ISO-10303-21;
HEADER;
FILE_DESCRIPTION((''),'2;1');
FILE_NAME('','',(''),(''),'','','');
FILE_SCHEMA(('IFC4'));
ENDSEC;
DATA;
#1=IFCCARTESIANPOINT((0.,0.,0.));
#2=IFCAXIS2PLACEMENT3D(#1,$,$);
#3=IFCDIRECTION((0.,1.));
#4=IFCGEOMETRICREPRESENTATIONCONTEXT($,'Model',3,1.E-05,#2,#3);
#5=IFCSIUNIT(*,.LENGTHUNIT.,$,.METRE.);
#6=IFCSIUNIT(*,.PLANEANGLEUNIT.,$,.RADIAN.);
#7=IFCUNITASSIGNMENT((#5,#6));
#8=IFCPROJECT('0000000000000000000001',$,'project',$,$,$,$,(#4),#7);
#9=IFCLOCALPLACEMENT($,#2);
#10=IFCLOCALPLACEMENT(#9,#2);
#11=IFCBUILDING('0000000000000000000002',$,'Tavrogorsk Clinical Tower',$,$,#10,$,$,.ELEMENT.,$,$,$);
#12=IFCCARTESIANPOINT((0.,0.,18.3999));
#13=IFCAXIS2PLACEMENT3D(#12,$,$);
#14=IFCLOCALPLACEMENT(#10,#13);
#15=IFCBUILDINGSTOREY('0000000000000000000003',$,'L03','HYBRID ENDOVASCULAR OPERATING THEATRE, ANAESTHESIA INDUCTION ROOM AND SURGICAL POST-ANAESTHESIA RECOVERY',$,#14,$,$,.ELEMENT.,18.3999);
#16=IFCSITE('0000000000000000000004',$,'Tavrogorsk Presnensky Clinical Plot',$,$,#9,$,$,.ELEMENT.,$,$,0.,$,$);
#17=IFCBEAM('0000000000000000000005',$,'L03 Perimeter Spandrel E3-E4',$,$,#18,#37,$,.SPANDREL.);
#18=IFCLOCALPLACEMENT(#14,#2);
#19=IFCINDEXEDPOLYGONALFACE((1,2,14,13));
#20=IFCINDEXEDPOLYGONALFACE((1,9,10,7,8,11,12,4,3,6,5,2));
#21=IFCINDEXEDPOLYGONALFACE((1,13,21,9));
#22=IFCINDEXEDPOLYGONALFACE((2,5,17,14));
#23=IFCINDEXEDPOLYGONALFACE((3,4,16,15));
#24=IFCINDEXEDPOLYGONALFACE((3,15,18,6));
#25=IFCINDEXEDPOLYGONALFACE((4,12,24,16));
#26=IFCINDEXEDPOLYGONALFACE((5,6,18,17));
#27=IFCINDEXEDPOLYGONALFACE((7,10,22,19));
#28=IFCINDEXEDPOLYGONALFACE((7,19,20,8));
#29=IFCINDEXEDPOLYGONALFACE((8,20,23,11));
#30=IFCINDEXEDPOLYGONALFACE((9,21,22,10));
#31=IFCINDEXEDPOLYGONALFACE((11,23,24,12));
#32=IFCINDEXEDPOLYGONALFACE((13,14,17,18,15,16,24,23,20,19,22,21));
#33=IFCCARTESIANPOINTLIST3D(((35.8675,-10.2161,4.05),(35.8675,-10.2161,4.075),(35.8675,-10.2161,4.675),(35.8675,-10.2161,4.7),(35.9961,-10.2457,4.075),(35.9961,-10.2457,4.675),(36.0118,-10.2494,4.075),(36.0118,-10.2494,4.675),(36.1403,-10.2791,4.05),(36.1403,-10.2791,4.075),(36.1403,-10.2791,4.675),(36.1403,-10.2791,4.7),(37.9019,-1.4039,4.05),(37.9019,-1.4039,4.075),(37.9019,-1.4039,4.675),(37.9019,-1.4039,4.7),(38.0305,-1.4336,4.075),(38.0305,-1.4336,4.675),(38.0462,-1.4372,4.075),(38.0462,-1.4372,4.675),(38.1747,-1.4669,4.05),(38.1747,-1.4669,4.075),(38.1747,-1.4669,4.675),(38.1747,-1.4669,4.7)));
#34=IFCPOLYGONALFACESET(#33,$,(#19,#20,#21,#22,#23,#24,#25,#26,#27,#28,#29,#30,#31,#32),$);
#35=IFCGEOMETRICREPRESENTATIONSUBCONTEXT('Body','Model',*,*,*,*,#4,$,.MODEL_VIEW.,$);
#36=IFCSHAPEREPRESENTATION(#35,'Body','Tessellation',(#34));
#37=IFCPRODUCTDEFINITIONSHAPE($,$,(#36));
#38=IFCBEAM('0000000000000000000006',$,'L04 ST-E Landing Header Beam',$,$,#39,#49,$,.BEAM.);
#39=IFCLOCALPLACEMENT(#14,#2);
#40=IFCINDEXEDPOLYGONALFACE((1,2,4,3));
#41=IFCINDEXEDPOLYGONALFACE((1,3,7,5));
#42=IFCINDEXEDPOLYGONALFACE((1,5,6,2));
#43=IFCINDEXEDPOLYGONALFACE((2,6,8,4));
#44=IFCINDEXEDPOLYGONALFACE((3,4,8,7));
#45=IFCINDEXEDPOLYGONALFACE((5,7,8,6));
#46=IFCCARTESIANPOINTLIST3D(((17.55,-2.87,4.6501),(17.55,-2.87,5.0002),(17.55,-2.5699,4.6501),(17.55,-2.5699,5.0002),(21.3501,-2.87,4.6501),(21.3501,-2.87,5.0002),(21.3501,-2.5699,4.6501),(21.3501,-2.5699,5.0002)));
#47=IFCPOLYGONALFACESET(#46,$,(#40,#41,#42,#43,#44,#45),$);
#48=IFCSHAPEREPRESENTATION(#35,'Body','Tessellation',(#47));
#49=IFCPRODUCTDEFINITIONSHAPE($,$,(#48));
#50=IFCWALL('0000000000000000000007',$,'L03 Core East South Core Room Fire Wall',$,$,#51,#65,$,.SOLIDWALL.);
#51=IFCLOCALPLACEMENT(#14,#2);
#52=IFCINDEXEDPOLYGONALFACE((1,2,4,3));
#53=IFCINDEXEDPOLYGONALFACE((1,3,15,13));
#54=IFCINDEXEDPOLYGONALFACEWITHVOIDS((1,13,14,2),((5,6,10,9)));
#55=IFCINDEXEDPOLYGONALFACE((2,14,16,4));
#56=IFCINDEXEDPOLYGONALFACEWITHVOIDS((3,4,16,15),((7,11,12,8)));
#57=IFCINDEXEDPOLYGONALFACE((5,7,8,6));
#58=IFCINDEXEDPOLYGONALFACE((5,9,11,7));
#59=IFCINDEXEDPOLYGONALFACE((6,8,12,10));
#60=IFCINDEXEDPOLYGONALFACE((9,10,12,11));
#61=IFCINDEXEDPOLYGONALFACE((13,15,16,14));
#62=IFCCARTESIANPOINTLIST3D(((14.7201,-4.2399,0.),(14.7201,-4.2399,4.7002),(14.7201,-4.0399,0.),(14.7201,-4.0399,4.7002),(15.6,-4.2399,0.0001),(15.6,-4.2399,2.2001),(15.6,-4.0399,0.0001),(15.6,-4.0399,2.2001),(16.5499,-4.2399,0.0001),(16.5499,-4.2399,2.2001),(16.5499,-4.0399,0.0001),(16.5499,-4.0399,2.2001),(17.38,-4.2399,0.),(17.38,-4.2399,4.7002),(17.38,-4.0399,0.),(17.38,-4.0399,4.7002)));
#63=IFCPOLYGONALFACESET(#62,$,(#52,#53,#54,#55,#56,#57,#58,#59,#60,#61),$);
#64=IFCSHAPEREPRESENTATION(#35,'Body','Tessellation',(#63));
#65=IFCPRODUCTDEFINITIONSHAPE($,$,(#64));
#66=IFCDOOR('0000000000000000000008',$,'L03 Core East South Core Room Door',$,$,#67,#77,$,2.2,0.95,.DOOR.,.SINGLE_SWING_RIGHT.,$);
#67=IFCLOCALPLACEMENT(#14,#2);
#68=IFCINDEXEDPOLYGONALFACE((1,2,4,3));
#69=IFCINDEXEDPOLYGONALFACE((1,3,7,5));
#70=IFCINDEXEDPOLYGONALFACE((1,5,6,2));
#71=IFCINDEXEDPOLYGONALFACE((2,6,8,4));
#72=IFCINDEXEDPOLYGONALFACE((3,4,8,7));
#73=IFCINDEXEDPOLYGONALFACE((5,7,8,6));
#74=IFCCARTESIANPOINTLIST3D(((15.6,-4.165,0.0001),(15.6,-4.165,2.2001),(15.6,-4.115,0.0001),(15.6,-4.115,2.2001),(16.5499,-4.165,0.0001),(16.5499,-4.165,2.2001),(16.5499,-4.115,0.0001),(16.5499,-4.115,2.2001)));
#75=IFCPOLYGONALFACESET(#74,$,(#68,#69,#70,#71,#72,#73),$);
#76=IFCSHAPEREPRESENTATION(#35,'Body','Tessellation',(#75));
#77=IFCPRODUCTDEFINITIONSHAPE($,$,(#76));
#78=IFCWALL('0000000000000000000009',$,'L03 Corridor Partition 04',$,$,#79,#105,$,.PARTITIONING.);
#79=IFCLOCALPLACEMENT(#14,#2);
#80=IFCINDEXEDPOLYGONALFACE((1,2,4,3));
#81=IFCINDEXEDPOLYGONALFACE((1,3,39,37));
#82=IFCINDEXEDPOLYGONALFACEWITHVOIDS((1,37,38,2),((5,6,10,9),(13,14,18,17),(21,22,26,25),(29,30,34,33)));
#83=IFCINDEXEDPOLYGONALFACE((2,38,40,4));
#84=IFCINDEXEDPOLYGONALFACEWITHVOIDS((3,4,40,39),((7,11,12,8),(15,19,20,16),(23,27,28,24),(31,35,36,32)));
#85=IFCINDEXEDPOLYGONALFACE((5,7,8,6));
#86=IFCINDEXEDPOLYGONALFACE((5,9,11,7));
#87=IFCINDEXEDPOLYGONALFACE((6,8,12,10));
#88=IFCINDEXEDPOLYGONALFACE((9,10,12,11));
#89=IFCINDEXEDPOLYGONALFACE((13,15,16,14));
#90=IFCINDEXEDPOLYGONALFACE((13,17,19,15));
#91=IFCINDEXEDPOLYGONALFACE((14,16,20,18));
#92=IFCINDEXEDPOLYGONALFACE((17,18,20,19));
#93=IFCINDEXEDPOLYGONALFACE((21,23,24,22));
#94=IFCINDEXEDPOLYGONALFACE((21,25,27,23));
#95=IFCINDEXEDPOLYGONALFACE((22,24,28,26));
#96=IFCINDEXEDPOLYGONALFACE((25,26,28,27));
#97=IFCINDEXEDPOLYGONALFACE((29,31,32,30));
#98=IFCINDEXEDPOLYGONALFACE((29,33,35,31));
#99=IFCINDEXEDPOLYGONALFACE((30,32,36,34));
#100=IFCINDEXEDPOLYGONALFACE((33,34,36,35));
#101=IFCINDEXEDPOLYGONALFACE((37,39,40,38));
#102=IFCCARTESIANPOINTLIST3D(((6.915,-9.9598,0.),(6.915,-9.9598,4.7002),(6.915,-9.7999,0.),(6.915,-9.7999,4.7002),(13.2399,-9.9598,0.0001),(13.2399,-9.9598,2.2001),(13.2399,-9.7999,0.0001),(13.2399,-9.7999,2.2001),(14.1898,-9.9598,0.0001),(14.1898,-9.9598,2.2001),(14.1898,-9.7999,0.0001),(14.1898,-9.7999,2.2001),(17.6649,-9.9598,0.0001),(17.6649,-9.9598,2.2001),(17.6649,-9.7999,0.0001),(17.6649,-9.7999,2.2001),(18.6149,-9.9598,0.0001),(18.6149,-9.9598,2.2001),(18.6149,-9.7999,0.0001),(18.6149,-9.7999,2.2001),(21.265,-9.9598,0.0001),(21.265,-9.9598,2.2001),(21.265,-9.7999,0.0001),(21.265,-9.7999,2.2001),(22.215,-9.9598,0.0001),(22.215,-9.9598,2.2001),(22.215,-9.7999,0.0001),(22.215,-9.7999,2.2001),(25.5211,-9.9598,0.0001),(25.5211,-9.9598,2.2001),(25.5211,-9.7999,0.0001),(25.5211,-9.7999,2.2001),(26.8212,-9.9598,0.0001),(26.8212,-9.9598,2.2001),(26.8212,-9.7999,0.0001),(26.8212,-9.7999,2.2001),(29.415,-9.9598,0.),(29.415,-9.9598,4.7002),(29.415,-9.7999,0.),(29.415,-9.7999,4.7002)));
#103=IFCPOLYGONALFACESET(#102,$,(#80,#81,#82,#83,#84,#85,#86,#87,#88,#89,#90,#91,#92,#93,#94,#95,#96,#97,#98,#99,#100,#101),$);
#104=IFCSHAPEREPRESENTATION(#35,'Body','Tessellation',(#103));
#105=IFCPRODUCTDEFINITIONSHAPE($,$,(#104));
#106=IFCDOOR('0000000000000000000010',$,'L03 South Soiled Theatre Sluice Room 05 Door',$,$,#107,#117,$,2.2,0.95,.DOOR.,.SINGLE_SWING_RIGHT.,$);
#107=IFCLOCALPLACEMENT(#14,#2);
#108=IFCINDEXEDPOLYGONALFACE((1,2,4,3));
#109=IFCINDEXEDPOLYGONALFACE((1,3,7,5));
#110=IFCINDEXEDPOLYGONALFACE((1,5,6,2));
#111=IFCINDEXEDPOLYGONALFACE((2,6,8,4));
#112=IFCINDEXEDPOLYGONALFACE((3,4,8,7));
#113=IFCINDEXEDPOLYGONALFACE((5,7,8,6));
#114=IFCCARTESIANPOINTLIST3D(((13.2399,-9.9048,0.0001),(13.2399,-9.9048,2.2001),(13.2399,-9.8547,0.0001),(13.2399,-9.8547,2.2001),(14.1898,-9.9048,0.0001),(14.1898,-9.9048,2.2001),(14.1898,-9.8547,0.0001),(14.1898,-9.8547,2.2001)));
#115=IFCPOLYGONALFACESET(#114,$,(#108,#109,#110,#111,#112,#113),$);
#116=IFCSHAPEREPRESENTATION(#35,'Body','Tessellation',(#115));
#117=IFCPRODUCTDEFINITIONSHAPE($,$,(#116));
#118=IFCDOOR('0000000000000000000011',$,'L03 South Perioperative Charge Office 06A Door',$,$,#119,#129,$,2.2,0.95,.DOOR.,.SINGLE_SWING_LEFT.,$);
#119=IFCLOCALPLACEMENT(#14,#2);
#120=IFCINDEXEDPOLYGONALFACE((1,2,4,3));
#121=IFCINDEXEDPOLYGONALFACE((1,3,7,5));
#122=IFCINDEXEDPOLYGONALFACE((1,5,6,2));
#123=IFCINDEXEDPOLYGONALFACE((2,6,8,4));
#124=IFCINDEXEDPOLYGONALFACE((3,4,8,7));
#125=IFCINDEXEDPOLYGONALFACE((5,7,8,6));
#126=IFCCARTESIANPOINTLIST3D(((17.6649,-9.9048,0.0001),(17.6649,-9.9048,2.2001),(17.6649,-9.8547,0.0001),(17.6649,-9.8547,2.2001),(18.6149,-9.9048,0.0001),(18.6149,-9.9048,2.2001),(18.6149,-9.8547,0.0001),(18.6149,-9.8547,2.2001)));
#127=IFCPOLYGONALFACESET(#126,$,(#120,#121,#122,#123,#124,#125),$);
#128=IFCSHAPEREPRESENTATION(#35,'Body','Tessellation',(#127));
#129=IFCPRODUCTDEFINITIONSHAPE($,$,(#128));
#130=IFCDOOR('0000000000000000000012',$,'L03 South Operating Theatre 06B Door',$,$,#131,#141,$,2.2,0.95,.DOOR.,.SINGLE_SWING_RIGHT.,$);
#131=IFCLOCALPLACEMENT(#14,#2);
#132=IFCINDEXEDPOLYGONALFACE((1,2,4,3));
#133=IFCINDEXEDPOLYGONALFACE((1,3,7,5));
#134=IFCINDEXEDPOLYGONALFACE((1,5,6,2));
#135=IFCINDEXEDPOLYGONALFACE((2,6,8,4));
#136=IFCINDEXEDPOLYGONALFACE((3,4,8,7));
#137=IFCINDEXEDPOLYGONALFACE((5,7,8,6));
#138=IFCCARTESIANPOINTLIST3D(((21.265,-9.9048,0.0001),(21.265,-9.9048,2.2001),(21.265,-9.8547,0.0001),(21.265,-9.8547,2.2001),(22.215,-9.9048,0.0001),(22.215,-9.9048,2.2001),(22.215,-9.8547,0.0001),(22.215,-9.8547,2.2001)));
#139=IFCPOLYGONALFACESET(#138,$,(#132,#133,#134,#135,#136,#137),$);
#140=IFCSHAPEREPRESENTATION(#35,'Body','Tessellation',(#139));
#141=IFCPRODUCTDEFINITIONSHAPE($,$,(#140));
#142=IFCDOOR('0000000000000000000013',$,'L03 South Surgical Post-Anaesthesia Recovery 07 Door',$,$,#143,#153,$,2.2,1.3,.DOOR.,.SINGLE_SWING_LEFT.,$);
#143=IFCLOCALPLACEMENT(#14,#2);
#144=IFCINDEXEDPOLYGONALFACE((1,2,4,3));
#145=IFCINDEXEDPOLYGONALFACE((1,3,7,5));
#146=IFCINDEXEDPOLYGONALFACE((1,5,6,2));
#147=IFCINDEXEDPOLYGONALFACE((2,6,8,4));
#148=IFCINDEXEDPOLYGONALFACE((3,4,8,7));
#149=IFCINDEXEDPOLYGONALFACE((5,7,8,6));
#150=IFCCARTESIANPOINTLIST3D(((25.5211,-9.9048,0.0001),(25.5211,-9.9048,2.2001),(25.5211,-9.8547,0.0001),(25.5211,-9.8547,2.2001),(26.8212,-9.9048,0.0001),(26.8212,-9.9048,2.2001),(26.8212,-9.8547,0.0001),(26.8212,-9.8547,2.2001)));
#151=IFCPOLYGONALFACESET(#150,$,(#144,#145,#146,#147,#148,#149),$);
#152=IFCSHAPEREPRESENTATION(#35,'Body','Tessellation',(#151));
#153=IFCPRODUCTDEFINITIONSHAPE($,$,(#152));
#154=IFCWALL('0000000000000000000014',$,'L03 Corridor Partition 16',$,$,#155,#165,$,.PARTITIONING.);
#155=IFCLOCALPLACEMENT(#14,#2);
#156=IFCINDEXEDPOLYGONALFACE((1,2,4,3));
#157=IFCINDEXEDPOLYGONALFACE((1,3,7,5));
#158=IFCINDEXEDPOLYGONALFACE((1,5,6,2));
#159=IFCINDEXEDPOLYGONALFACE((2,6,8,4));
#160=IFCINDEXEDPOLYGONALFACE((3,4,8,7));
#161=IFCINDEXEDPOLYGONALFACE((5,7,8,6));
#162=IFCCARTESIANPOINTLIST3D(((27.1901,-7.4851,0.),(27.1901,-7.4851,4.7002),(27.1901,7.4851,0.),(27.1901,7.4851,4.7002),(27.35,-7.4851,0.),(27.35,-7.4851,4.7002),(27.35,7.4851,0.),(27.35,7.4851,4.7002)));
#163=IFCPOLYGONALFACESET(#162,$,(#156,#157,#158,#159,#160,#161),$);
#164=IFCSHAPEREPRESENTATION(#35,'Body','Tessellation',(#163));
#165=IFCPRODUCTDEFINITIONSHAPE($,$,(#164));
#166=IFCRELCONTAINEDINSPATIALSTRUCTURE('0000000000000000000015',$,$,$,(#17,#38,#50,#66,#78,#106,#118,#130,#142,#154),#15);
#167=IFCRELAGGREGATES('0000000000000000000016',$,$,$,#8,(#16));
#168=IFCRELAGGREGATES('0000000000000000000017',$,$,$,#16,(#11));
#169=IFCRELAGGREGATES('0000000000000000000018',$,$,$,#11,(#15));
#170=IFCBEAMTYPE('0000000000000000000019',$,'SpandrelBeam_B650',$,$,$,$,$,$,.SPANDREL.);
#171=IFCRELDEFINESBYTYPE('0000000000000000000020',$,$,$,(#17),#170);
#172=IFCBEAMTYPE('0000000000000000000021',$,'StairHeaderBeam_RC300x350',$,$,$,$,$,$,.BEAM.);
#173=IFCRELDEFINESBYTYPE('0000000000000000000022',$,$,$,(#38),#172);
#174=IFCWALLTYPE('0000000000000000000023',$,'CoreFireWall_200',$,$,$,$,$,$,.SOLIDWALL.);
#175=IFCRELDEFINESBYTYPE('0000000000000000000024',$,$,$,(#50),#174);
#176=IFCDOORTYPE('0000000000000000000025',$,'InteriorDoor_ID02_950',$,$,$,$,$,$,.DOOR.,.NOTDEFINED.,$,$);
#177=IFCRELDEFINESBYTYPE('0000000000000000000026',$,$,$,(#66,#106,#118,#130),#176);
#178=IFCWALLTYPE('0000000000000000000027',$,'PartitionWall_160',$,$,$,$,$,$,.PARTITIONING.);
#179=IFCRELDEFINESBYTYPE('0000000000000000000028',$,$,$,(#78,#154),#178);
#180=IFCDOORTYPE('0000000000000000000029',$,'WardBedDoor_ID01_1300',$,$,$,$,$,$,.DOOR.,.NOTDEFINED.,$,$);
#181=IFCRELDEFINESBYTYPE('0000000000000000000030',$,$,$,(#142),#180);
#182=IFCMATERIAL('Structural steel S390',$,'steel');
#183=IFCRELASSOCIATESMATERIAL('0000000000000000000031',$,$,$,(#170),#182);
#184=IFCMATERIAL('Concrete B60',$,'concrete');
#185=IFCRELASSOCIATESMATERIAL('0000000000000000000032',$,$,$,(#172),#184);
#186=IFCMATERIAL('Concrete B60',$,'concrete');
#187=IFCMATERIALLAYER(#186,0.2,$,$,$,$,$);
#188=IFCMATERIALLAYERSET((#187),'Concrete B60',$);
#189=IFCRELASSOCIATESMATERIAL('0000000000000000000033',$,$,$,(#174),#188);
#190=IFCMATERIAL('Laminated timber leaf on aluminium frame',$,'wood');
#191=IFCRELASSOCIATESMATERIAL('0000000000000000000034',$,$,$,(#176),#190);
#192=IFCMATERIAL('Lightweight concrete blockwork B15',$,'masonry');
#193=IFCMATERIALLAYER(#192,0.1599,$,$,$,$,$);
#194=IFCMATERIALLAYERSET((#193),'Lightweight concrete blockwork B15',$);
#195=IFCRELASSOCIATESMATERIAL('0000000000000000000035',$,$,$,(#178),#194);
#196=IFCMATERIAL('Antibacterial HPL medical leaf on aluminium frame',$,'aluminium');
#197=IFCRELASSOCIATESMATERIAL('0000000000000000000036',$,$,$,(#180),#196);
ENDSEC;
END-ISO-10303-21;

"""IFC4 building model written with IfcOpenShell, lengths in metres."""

from ifc_helpers import new_model, si_unit, direction, frame, frame_2d, origin, origin_2d, place, context, subcontext, project, spatial, rectangle, i_section, extrude, material, layer, layer_set, material_profile, profile_set, type_object, element, fill, save


model = new_model("IFC4")

# Units and contexts
model_context = context("Model", 3, precision=1e-05, world=origin(), true_north=direction((0.0, 1.0)))
body_context = subcontext(model_context, "Body", "Model", "MODEL_VIEW")
ifc_project = project(units=[si_unit("LENGTHUNIT", "METRE"), si_unit("PLANEANGLEUNIT", "RADIAN")], contexts=[model_context])

# Site, building, storey
site_placement = place(None, origin())
site = spatial("IfcSite", under=ifc_project, at=site_placement, Name="Tavrogorsk Presnensky Clinical Plot", CompositionType="ELEMENT", RefElevation=0.0)
building_placement = place(site_placement, origin())
building = spatial("IfcBuilding", under=site, at=building_placement, Name="Tavrogorsk Clinical Tower", CompositionType="ELEMENT")
storey_placement = place(building_placement, frame((0.0, 0.0, 18.3999)))
storey = spatial("IfcBuildingStorey", under=building, at=storey_placement, Name="L03", Description="HYBRID ENDOVASCULAR OPERATING THEATRE, ANAESTHESIA INDUCTION ROOM AND SURGICAL POST-ANAESTHESIA RECOVERY", CompositionType="ELEMENT", Elevation=18.3999)

# Beams
ifc_material_1 = material(Name="Structural steel S390", Category="steel")
ifc_material_profile_1 = material_profile(ifc_material_1, i_section(OverallWidth=0.28, OverallDepth=0.6499, WebThickness=0.0161, FlangeThickness=0.0249, at=origin_2d()), Name="B-650x280x16x25")
ifc_profile_set_1 = profile_set([ifc_material_profile_1], Name="Structural steel S390")
beam_type_1 = type_object("IfcBeamType", Name="SpandrelBeam_B650", PredefinedType="SPANDREL", material=ifc_profile_set_1)
beam_1_placement = place(storey_placement, frame((36.0039, -10.2476, 4.375), z_axis=(0.224946, 0.974371, 0.0), x_axis=(-0.974371, 0.224946, 0.0)))
element("IfcBeam", 1, at=beam_1_placement, inside=storey, type_object=beam_type_1, Name="L03 Perimeter Spandrel E3-E4", PredefinedType="SPANDREL", context=body_context, shape_type="SweptSolid", body=[
    extrude(i_section(OverallWidth=0.28, OverallDepth=0.6499, WebThickness=0.0161, FlangeThickness=0.0249, at=origin_2d()), origin(), (0.0, 0.0, 1.0), 9.0439),
])
ifc_material_2 = material(Name="Concrete B60", Category="concrete")
ifc_material_profile_2 = material_profile(ifc_material_2, rectangle(XDim=0.3, YDim=0.3501, at=origin_2d()), Name="RC-SHB-300x350")
ifc_profile_set_2 = profile_set([ifc_material_profile_2], Name="Concrete B60")
beam_type_2 = type_object("IfcBeamType", Name="StairHeaderBeam_RC300x350", PredefinedType="BEAM", material=ifc_profile_set_2)
beam_2_placement = place(storey_placement, frame((17.55, -2.72, 4.8252), z_axis=(1.0, 0.0, 0.0), x_axis=(0.0, 1.0, 0.0)))
element("IfcBeam", 2, at=beam_2_placement, inside=storey, type_object=beam_type_2, Name="L04 ST-E Landing Header Beam", PredefinedType="BEAM", context=body_context, shape_type="SweptSolid", body=[
    extrude(rectangle(XDim=0.3, YDim=0.3501, at=origin_2d()), origin(), (0.0, 0.0, 1.0), 3.8),
])

# Wall, opening, door
ifc_material_3 = material(Name="Concrete B60", Category="concrete")
ifc_layer_1 = layer(ifc_material_3, 0.2)
ifc_layer_set_1 = layer_set([ifc_layer_1], Name="Concrete B60")
wall_type_1 = type_object("IfcWallType", Name="CoreFireWall_200", PredefinedType="SOLIDWALL", material=ifc_layer_set_1)
wall_1_placement = place(storey_placement, frame((14.72, -4.1399, 0.0), z_axis=(0.0, 0.0, 1.0), x_axis=(1.0, 0.0, 0.0)))
wall_1 = element("IfcWall", 3, at=wall_1_placement, inside=storey, type_object=wall_type_1, Name="L03 Core East South Core Room Fire Wall", PredefinedType="SOLIDWALL", context=body_context, shape_type="SweptSolid", body=[
    extrude(rectangle(XDim=2.6599, YDim=0.2, at=frame_2d((1.3301, 0.0))), origin(), (0.0, 0.0, 1.0), 4.7002),
])
opening_1_placement = place(wall_1_placement, frame((0.8799, 0.0, 0.0)))
opening_1 = element("IfcOpeningElement", 4, at=opening_1_placement, cuts=wall_1, PredefinedType="OPENING", context=body_context, shape_type="SweptSolid", body=[
    extrude(rectangle(XDim=0.95, YDim=2.2, at=frame_2d((0.4751, 1.1001))), frame((0.0, 0.1099, 0.0), z_axis=(0.0, -1.0, 0.0), x_axis=(1.0, 0.0, 0.0)), (0.0, 0.0, 1.0), 0.22),
])
ifc_material_4 = material(Name="Laminated timber leaf on aluminium frame", Category="wood")
door_type_1 = type_object("IfcDoorType", Name="InteriorDoor_ID02_950", OperationType="NOTDEFINED", PredefinedType="DOOR", material=ifc_material_4)
door_1_placement = place(opening_1_placement, origin())
door_1 = element("IfcDoor", 5, at=door_1_placement, inside=storey, type_object=door_type_1, Name="L03 Core East South Core Room Door", OperationType="SINGLE_SWING_RIGHT", OverallHeight=2.2, OverallWidth=0.95, PredefinedType="DOOR", context=body_context, shape_type="SweptSolid", body=[
    extrude(rectangle(XDim=0.95, YDim=2.2, at=frame_2d((0.4751, 1.1001))), frame((0.0, 0.0249, 0.0), z_axis=(0.0, -1.0, 0.0), x_axis=(1.0, 0.0, 0.0)), (0.0, 0.0, 1.0), 0.05),
])
fill(opening_1, door_1)

# Wall, openings, doors
ifc_material_5 = material(Name="Lightweight concrete blockwork B15", Category="masonry")
ifc_layer_2 = layer(ifc_material_5, 0.1599)
ifc_layer_set_2 = layer_set([ifc_layer_2], Name="Lightweight concrete blockwork B15")
wall_type_2 = type_object("IfcWallType", Name="PartitionWall_160", PredefinedType="PARTITIONING", material=ifc_layer_set_2)
wall_2_placement = place(storey_placement, frame((29.415, -9.8799, 0.0), z_axis=(0.0, 0.0, 1.0), x_axis=(-1.0, 0.0, 0.0)))
wall_2 = element("IfcWall", 6, at=wall_2_placement, inside=storey, type_object=wall_type_2, Name="L03 Corridor Partition 04", PredefinedType="PARTITIONING", context=body_context, shape_type="SweptSolid", body=[
    extrude(rectangle(XDim=22.5, YDim=0.1599, at=frame_2d((11.25, 0.0))), origin(), (0.0, 0.0, 1.0), 4.7002),
])
opening_2_placement = place(wall_2_placement, frame((15.2251, 0.0, 0.0)))
opening_2 = element("IfcOpeningElement", 7, at=opening_2_placement, cuts=wall_2, PredefinedType="OPENING", context=body_context, shape_type="SweptSolid", body=[
    extrude(rectangle(XDim=0.95, YDim=2.2, at=frame_2d((0.4751, 1.1001))), frame((0.0, 0.0898, 0.0), z_axis=(0.0, -1.0, 0.0), x_axis=(1.0, 0.0, 0.0)), (0.0, 0.0, 1.0), 0.1799),
])
opening_3_placement = place(wall_2_placement, frame((10.8, 0.0, 0.0)))
opening_3 = element("IfcOpeningElement", 8, at=opening_3_placement, cuts=wall_2, PredefinedType="OPENING", context=body_context, shape_type="SweptSolid", body=[
    extrude(rectangle(XDim=0.95, YDim=2.2, at=frame_2d((0.4751, 1.1001))), frame((0.0, 0.0898, 0.0), z_axis=(0.0, -1.0, 0.0), x_axis=(1.0, 0.0, 0.0)), (0.0, 0.0, 1.0), 0.1799),
])
opening_4_placement = place(wall_2_placement, frame((7.2, 0.0, 0.0)))
opening_4 = element("IfcOpeningElement", 9, at=opening_4_placement, cuts=wall_2, PredefinedType="OPENING", context=body_context, shape_type="SweptSolid", body=[
    extrude(rectangle(XDim=0.95, YDim=2.2, at=frame_2d((0.4751, 1.1001))), frame((0.0, 0.0898, 0.0), z_axis=(0.0, -1.0, 0.0), x_axis=(1.0, 0.0, 0.0)), (0.0, 0.0, 1.0), 0.1799),
])
opening_5_placement = place(wall_2_placement, frame((2.594, 0.0, 0.0)))
opening_5 = element("IfcOpeningElement", 10, at=opening_5_placement, cuts=wall_2, PredefinedType="OPENING", context=body_context, shape_type="SweptSolid", body=[
    extrude(rectangle(XDim=1.3, YDim=2.2, at=frame_2d((0.6499, 1.1001))), frame((0.0, 0.0898, 0.0), z_axis=(0.0, -1.0, 0.0), x_axis=(1.0, 0.0, 0.0)), (0.0, 0.0, 1.0), 0.1799),
])
door_2_placement = place(opening_2_placement, origin())
door_2 = element("IfcDoor", 11, at=door_2_placement, inside=storey, type_object=door_type_1, Name="L03 South Soiled Theatre Sluice Room 05 Door", OperationType="SINGLE_SWING_RIGHT", OverallHeight=2.2, OverallWidth=0.95, PredefinedType="DOOR", context=body_context, shape_type="SweptSolid", body=[
    extrude(rectangle(XDim=0.95, YDim=2.2, at=frame_2d((0.4751, 1.1001))), frame((0.0, 0.0249, 0.0), z_axis=(0.0, -1.0, 0.0), x_axis=(1.0, 0.0, 0.0)), (0.0, 0.0, 1.0), 0.05),
])
fill(opening_2, door_2)
door_3_placement = place(opening_3_placement, origin())
door_3 = element("IfcDoor", 12, at=door_3_placement, inside=storey, type_object=door_type_1, Name="L03 South Perioperative Charge Office 06A Door", OperationType="SINGLE_SWING_LEFT", OverallHeight=2.2, OverallWidth=0.95, PredefinedType="DOOR", context=body_context, shape_type="SweptSolid", body=[
    extrude(rectangle(XDim=0.95, YDim=2.2, at=frame_2d((0.4751, 1.1001))), frame((0.0, 0.0249, 0.0), z_axis=(0.0, -1.0, 0.0), x_axis=(1.0, 0.0, 0.0)), (0.0, 0.0, 1.0), 0.05),
])
fill(opening_3, door_3)
door_4_placement = place(opening_4_placement, origin())
door_4 = element("IfcDoor", 13, at=door_4_placement, inside=storey, type_object=door_type_1, Name="L03 South Operating Theatre 06B Door", OperationType="SINGLE_SWING_RIGHT", OverallHeight=2.2, OverallWidth=0.95, PredefinedType="DOOR", context=body_context, shape_type="SweptSolid", body=[
    extrude(rectangle(XDim=0.95, YDim=2.2, at=frame_2d((0.4751, 1.1001))), frame((0.0, 0.0249, 0.0), z_axis=(0.0, -1.0, 0.0), x_axis=(1.0, 0.0, 0.0)), (0.0, 0.0, 1.0), 0.05),
])
fill(opening_4, door_4)
ifc_material_6 = material(Name="Antibacterial HPL medical leaf on aluminium frame", Category="aluminium")
door_type_2 = type_object("IfcDoorType", Name="WardBedDoor_ID01_1300", OperationType="NOTDEFINED", PredefinedType="DOOR", material=ifc_material_6)
door_5_placement = place(opening_5_placement, origin())
door_5 = element("IfcDoor", 14, at=door_5_placement, inside=storey, type_object=door_type_2, Name="L03 South Surgical Post-Anaesthesia Recovery 07 Door", OperationType="SINGLE_SWING_LEFT", OverallHeight=2.2, OverallWidth=1.3, PredefinedType="DOOR", context=body_context, shape_type="SweptSolid", body=[
    extrude(rectangle(XDim=1.3, YDim=2.2, at=frame_2d((0.6499, 1.1001))), frame((0.0, 0.0249, 0.0), z_axis=(0.0, -1.0, 0.0), x_axis=(1.0, 0.0, 0.0)), (0.0, 0.0, 1.0), 0.05),
])
fill(opening_5, door_5)

# Wall
wall_3_placement = place(storey_placement, frame((27.27, -7.4851, 0.0), z_axis=(0.0, 0.0, 1.0), x_axis=(0.0, 1.0, 0.0)))
element("IfcWall", 15, at=wall_3_placement, inside=storey, type_object=wall_type_2, Name="L03 Corridor Partition 16", PredefinedType="PARTITIONING", context=body_context, shape_type="SweptSolid", body=[
    extrude(rectangle(XDim=14.9702, YDim=0.1599, at=frame_2d((7.4851, 0.0))), origin(), (0.0, 0.0, 1.0), 4.7002),
])

save(model, "model.ifc")
